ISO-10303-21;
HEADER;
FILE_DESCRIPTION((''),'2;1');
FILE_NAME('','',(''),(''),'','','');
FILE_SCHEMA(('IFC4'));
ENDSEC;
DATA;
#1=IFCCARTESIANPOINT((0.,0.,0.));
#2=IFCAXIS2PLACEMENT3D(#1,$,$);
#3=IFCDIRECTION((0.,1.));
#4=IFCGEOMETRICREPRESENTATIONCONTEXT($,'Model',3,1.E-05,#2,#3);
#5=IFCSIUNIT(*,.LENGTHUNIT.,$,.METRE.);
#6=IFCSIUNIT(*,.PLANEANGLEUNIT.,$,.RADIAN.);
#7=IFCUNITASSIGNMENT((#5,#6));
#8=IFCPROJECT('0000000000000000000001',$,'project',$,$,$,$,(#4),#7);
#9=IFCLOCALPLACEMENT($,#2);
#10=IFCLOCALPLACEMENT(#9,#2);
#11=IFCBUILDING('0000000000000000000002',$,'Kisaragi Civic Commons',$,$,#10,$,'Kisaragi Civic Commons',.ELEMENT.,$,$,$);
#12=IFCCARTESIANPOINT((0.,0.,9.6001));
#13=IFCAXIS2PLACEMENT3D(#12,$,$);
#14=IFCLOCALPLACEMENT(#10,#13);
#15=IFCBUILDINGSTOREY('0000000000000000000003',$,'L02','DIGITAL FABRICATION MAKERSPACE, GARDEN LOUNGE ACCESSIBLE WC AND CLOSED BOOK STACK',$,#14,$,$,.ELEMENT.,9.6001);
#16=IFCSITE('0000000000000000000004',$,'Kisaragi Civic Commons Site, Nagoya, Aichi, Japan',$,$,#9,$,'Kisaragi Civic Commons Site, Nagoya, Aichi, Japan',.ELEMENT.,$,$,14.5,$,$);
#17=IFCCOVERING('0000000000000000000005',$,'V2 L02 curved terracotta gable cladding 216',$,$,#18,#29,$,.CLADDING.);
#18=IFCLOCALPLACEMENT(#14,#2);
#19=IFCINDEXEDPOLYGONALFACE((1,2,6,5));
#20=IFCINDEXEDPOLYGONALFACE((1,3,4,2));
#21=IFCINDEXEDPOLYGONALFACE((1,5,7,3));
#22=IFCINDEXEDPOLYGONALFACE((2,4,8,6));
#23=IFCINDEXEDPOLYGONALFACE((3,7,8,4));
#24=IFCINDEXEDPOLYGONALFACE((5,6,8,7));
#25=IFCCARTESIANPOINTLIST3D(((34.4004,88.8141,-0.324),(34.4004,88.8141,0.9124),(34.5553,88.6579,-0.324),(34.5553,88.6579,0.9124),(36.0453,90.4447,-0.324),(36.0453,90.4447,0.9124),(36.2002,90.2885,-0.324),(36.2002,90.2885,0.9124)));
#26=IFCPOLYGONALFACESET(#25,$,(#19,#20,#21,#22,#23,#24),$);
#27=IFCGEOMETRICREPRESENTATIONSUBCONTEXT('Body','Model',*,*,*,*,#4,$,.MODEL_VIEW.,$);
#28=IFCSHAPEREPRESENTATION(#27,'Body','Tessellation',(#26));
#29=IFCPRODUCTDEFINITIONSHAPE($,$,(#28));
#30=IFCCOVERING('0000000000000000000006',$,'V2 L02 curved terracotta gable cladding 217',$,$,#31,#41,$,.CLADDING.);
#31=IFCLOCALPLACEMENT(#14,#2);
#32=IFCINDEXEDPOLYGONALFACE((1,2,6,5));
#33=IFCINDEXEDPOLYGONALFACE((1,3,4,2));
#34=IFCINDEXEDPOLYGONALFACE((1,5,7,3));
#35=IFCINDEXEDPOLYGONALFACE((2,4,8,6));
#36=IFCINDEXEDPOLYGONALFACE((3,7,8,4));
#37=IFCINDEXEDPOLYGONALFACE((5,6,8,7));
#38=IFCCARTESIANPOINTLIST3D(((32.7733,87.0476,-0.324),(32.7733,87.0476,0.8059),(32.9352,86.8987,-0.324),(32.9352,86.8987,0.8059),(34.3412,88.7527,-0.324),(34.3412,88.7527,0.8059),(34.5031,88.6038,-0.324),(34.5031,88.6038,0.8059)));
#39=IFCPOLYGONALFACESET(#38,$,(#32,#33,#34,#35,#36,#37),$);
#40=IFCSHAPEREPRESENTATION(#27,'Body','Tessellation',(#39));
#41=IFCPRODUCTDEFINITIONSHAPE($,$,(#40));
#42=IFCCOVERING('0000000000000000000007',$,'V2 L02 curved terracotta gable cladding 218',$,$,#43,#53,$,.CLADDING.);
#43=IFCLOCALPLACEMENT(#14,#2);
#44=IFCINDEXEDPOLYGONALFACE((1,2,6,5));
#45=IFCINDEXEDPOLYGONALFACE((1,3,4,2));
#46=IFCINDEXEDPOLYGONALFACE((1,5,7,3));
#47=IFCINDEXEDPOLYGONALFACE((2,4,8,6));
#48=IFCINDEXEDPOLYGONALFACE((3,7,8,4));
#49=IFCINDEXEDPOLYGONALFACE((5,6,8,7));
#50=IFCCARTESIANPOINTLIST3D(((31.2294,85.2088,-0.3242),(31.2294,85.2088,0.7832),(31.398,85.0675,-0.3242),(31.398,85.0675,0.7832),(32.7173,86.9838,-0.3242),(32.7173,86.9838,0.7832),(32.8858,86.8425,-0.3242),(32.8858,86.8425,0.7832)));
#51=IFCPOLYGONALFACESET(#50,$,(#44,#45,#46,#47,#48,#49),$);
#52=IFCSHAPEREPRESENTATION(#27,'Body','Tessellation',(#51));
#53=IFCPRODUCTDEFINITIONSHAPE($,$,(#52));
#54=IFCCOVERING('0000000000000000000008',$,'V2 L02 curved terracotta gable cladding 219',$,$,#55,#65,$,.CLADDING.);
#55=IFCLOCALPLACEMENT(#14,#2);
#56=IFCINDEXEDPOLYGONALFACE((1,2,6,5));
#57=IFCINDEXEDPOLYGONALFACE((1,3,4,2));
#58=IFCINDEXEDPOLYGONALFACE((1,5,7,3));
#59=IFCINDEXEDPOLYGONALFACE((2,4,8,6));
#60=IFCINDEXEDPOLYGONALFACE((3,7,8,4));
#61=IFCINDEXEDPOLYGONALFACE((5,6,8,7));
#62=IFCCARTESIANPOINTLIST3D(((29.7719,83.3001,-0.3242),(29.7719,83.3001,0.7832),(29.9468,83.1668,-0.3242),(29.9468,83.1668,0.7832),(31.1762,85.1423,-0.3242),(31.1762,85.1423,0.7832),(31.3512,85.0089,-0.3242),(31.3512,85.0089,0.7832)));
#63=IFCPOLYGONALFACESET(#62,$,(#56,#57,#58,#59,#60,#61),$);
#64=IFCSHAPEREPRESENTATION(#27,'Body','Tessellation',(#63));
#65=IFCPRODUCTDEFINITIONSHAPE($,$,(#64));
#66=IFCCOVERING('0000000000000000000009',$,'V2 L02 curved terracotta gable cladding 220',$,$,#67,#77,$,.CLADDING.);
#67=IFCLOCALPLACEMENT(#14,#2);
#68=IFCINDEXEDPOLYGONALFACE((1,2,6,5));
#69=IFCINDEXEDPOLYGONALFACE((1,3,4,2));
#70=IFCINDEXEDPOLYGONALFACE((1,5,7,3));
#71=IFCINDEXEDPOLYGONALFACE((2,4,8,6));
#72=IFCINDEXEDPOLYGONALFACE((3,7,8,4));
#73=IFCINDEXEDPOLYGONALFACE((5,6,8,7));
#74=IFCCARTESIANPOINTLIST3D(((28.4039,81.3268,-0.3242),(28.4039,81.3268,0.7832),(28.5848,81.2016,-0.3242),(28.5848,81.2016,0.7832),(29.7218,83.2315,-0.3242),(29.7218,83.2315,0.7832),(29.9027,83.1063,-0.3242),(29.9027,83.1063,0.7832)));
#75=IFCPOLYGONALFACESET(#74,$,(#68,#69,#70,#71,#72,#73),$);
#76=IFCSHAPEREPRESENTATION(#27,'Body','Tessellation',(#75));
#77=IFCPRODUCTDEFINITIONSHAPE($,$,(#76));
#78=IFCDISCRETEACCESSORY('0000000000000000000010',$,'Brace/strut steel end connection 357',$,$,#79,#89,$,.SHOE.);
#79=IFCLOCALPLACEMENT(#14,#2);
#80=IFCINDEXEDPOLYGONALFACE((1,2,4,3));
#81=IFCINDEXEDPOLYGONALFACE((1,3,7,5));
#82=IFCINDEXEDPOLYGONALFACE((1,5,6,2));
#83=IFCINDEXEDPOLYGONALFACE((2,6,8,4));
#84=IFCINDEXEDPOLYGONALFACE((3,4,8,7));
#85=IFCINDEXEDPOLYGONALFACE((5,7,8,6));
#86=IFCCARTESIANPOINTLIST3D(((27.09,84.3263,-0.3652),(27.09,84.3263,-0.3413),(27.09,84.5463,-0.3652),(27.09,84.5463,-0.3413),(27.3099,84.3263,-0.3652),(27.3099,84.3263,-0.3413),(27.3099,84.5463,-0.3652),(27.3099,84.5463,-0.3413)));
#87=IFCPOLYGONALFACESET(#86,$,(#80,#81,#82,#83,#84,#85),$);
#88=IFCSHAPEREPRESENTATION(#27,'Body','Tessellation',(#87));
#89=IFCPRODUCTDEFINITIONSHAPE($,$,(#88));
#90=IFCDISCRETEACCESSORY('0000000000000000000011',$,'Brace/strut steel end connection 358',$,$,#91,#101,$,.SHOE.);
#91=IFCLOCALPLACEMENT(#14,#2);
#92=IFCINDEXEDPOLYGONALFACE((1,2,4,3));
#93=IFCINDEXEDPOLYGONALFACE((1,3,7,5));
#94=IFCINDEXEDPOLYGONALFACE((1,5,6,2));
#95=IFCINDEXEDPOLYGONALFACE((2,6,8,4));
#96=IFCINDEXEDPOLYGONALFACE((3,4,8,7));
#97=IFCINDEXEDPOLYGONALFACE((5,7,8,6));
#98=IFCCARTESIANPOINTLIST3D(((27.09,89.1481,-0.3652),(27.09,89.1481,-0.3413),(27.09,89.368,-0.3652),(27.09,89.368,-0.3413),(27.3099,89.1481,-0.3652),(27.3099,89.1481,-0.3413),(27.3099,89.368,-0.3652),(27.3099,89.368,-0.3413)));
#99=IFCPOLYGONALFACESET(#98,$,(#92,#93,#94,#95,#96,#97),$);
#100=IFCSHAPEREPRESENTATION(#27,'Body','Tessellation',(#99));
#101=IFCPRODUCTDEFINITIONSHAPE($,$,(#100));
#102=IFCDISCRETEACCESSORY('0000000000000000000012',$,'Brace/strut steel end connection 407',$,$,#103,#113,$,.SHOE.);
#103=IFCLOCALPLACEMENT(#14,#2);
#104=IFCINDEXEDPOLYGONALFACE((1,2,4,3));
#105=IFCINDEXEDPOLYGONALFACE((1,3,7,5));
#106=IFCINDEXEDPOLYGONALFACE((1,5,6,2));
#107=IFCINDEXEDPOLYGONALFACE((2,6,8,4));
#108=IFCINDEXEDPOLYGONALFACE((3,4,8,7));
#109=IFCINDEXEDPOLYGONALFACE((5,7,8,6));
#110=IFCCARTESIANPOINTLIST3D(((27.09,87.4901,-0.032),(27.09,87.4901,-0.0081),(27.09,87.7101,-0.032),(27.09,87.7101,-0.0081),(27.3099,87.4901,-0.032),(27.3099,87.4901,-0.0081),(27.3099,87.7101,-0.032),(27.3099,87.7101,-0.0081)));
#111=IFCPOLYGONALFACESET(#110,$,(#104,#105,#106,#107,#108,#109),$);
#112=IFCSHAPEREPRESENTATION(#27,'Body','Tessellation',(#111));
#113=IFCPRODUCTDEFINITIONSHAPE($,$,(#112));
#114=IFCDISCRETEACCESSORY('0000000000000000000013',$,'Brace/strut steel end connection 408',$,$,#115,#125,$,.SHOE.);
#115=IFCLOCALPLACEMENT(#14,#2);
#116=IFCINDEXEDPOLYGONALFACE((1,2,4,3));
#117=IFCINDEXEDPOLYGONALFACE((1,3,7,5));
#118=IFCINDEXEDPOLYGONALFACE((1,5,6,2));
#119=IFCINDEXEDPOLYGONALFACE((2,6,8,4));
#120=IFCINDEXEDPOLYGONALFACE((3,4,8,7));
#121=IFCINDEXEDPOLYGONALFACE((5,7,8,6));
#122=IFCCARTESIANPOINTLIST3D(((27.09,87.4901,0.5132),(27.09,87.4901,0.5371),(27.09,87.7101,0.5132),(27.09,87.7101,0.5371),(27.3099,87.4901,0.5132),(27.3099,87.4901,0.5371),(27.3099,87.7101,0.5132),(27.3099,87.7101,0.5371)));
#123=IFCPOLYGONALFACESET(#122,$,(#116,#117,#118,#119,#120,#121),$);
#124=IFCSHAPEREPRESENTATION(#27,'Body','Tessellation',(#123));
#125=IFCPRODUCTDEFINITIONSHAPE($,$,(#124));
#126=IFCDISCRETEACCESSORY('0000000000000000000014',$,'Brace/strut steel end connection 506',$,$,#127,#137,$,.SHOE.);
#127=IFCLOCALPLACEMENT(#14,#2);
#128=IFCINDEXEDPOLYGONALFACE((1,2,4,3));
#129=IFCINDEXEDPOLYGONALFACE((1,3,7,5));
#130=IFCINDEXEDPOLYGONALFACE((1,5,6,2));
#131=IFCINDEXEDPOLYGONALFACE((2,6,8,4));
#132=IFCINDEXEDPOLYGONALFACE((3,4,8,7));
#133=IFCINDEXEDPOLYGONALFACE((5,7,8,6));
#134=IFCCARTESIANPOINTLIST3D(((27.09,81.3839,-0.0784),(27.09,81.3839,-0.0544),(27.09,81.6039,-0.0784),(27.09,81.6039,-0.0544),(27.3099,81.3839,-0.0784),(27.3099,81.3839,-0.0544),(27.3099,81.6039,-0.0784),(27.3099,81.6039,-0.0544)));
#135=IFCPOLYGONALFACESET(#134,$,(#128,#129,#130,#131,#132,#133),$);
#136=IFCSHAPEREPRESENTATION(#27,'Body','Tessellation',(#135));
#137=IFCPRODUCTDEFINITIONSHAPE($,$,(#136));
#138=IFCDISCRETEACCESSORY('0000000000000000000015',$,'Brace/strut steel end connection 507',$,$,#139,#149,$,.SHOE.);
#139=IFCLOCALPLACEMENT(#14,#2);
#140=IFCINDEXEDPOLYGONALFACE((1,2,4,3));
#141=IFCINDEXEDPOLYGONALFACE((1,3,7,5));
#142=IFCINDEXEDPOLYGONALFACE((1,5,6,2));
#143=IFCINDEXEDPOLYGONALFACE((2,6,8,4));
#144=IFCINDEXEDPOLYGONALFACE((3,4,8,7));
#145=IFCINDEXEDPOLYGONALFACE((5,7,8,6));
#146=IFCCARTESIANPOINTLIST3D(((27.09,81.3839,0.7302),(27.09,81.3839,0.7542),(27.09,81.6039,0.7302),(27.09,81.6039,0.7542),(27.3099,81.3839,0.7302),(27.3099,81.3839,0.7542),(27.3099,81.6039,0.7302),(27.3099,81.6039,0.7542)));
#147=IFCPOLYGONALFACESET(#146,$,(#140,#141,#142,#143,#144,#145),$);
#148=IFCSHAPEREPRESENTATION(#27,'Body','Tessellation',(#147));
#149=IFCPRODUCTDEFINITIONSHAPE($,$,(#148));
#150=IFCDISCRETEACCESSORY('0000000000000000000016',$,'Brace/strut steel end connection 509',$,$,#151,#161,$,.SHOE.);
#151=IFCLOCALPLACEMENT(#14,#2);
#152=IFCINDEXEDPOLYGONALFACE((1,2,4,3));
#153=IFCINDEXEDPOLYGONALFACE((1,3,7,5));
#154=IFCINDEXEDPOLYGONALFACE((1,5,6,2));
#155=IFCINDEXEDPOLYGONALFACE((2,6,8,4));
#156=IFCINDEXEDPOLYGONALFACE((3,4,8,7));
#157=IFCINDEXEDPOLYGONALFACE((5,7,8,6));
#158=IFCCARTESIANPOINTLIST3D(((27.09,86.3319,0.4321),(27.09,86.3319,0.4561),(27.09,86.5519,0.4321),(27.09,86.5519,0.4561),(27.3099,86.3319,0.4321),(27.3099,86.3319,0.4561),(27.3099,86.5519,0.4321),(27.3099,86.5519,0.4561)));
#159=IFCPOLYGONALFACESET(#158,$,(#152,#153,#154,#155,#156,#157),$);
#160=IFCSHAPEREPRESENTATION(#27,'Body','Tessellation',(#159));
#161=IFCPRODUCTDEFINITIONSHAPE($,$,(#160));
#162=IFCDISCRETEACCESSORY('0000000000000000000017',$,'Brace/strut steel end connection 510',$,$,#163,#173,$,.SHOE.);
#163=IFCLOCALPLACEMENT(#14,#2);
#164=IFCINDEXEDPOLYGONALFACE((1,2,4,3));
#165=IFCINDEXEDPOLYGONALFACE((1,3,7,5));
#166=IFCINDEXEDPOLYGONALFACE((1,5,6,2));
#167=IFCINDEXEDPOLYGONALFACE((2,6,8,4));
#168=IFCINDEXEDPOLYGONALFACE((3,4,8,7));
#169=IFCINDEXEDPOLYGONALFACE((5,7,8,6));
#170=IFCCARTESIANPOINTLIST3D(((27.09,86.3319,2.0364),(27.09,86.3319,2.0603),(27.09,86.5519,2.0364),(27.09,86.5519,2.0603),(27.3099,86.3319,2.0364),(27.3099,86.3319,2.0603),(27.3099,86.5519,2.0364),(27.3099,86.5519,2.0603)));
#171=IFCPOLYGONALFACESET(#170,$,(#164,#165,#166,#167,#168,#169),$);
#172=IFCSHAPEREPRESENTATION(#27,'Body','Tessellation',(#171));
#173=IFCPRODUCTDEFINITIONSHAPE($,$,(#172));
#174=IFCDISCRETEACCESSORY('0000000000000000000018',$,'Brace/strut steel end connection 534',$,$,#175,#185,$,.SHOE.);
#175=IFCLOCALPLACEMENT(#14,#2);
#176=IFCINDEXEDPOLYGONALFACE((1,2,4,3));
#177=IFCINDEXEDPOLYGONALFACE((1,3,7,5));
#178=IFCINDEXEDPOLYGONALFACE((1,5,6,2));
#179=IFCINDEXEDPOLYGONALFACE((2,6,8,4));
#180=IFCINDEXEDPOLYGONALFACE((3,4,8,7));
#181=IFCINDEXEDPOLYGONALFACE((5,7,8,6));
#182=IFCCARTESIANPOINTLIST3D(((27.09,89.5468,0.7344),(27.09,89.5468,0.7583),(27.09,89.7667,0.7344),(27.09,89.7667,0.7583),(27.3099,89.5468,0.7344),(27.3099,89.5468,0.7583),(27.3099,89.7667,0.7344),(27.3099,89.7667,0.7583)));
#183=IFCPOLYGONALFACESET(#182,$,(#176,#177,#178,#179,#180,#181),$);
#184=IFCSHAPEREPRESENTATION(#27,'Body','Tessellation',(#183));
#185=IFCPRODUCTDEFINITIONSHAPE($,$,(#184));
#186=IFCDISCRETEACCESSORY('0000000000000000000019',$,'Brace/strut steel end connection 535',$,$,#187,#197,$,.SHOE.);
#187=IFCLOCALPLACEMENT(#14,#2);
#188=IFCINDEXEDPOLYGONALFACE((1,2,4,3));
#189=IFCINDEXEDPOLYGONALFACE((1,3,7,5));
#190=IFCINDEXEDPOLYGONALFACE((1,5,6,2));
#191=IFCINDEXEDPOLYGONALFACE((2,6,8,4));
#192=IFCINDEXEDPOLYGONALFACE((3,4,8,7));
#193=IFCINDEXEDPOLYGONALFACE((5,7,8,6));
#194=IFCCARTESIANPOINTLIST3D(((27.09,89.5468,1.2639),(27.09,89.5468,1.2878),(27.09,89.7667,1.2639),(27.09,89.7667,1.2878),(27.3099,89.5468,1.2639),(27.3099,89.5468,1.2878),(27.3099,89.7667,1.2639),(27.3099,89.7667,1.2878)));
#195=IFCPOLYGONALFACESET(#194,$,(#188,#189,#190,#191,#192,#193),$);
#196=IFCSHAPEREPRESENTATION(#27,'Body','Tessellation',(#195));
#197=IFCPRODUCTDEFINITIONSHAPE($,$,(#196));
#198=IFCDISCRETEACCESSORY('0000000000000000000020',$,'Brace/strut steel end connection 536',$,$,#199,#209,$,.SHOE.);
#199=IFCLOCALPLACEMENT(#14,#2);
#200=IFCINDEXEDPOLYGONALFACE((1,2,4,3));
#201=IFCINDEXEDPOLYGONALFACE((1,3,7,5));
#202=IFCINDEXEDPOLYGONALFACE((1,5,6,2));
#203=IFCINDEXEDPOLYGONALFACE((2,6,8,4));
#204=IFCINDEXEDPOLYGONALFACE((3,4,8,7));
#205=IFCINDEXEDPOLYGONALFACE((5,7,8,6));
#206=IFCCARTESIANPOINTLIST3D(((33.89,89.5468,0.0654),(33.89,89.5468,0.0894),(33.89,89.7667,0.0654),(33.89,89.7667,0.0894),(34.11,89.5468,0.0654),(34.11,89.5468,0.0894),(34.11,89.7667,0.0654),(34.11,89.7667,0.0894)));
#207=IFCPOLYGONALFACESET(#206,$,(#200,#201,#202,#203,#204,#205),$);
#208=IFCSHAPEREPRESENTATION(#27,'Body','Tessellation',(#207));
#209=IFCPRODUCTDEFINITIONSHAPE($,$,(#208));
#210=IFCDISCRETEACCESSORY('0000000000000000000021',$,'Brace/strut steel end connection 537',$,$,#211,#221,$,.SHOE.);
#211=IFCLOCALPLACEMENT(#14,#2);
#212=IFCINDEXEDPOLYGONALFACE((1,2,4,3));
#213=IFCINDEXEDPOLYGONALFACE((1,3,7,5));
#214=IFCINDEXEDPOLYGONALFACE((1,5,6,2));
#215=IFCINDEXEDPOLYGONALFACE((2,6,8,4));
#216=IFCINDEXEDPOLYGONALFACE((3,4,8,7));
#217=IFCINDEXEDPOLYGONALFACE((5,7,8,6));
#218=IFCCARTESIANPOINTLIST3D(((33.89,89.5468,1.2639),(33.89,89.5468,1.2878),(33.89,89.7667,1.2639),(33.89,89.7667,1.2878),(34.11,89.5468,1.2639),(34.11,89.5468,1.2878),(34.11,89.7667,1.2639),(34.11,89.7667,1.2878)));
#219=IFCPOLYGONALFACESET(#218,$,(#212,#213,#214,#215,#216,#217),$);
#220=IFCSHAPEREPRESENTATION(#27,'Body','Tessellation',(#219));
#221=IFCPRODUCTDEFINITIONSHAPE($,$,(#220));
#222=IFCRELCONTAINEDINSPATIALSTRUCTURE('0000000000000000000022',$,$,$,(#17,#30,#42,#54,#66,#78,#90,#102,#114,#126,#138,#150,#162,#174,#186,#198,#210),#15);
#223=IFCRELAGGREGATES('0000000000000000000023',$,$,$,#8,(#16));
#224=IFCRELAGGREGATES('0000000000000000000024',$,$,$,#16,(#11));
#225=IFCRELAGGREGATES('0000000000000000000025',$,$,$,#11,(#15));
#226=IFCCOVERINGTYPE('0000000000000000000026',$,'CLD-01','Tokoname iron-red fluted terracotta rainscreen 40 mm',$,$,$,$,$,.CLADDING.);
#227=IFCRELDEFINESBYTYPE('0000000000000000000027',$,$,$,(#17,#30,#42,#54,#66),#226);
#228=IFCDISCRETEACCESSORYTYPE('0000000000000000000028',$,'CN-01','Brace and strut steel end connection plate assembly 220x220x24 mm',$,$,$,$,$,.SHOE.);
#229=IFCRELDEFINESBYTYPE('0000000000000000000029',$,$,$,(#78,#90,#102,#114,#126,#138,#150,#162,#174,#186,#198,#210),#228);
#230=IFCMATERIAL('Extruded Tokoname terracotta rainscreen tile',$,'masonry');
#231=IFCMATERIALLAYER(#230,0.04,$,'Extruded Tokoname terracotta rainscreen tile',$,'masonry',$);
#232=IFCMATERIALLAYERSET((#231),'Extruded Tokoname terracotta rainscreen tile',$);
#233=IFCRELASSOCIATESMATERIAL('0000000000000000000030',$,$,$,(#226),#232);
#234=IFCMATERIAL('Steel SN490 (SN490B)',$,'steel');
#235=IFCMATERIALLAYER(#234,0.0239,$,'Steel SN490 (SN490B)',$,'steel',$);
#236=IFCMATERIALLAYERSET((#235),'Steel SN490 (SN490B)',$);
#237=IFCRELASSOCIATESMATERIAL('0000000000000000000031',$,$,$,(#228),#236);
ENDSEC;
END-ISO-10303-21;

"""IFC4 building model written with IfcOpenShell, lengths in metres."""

from ifc_helpers import new_model, si_unit, direction, frame, origin, origin_2d, place, context, subcontext, project, spatial, rectangle, extrude, material, layer, layer_set, type_object, element, save


model = new_model("IFC4")

# Units and contexts
model_context = context("Model", 3, precision=1e-05, world=origin(), true_north=direction((0.0, 1.0)))
body_context = subcontext(model_context, "Body", "Model", "MODEL_VIEW")
ifc_project = project(units=[si_unit("LENGTHUNIT", "METRE"), si_unit("PLANEANGLEUNIT", "RADIAN")], contexts=[model_context])

# Site, building, storey
site_placement = place(None, origin())
site = spatial("IfcSite", under=ifc_project, at=site_placement, Name="Kisaragi Civic Commons Site, Nagoya, Aichi, Japan", LongName="Kisaragi Civic Commons Site, Nagoya, Aichi, Japan", CompositionType="ELEMENT", RefElevation=14.5)
building_placement = place(site_placement, origin())
building = spatial("IfcBuilding", under=site, at=building_placement, Name="Kisaragi Civic Commons", LongName="Kisaragi Civic Commons", CompositionType="ELEMENT")
storey_placement = place(building_placement, frame((0.0, 0.0, 9.6001)))
storey = spatial("IfcBuildingStorey", under=building, at=storey_placement, Name="L02", Description="DIGITAL FABRICATION MAKERSPACE, GARDEN LOUNGE ACCESSIBLE WC AND CLOSED BOOK STACK", CompositionType="ELEMENT", Elevation=9.6001)

# Shared definitions
ifc_material_1 = material(Name="Steel SN490 (SN490B)", Category="steel")

# Coverings
ifc_material_2 = material(Name="Extruded Tokoname terracotta rainscreen tile", Category="masonry")
ifc_layer_1 = layer(ifc_material_2, 0.04, Name="Extruded Tokoname terracotta rainscreen tile", Category="masonry")
ifc_layer_set_1 = layer_set([ifc_layer_1], Name="Extruded Tokoname terracotta rainscreen tile")
covering_type = type_object("IfcCoveringType", Name="CLD-01", Description="Tokoname iron-red fluted terracotta rainscreen 40 mm", PredefinedType="CLADDING", material=ifc_layer_set_1)
covering_1_placement = place(storey_placement, frame((35.3003, 89.5513, -0.324), z_axis=(0.0, 0.0, 1.0), x_axis=(-0.710185, -0.704015, 0.0)))
element("IfcCovering", 1, at=covering_1_placement, inside=storey, type_object=covering_type, Name="V2 L02 curved terracotta gable cladding 216", PredefinedType="CLADDING", context=body_context, shape_type="SweptSolid", body=[
    extrude(rectangle(XDim=2.3162, YDim=0.22, at=origin_2d()), origin(), (0.0, 0.0, 1.0), 1.2363),
])
covering_2_placement = place(storey_placement, frame((33.6382, 87.8257, -0.324), z_axis=(0.0, 0.0, 1.0), x_axis=(-0.676876, -0.736097, 0.0)))
element("IfcCovering", 2, at=covering_2_placement, inside=storey, type_object=covering_type, Name="V2 L02 curved terracotta gable cladding 217", PredefinedType="CLADDING", context=body_context, shape_type="SweptSolid", body=[
    extrude(rectangle(XDim=2.3164, YDim=0.22, at=origin_2d()), origin(), (0.0, 0.0, 1.0), 1.1299),
])
covering_3_placement = place(storey_placement, frame((32.0576, 86.0256, -0.3242), z_axis=(0.0, 0.0, 1.0), x_axis=(-0.642386, -0.766381, 0.0)))
element("IfcCovering", 3, at=covering_3_placement, inside=storey, type_object=covering_type, Name="V2 L02 curved terracotta gable cladding 218", PredefinedType="CLADDING", context=body_context, shape_type="SweptSolid", body=[
    extrude(rectangle(XDim=2.3162, YDim=0.22, at=origin_2d()), origin(), (0.0, 0.0, 1.0), 1.1074),
])
covering_4_placement = place(storey_placement, frame((30.5615, 84.1545, -0.3242), z_axis=(0.0, 0.0, 1.0), x_axis=(-0.606266, -0.795262, 0.0)))
element("IfcCovering", 4, at=covering_4_placement, inside=storey, type_object=covering_type, Name="V2 L02 curved terracotta gable cladding 219", PredefinedType="CLADDING", context=body_context, shape_type="SweptSolid", body=[
    extrude(rectangle(XDim=2.3164, YDim=0.22, at=origin_2d()), origin(), (0.0, 0.0, 1.0), 1.1074),
])
covering_5_placement = place(storey_placement, frame((29.1533, 82.2166, -0.3242), z_axis=(0.0, 0.0, 1.0), x_axis=(-0.568993, -0.822343, 0.0)))
element("IfcCovering", 5, at=covering_5_placement, inside=storey, type_object=covering_type, Name="V2 L02 curved terracotta gable cladding 220", PredefinedType="CLADDING", context=body_context, shape_type="SweptSolid", body=[
    extrude(rectangle(XDim=2.3162, YDim=0.22, at=origin_2d()), origin(), (0.0, 0.0, 1.0), 1.1074),
])

# Discrete accessories
ifc_layer_2 = layer(ifc_material_1, 0.0239, Name="Steel SN490 (SN490B)", Category="steel")
ifc_layer_set_2 = layer_set([ifc_layer_2], Name="Steel SN490 (SN490B)")
discrete_accessory_type = type_object("IfcDiscreteAccessoryType", Name="CN-01", Description="Brace and strut steel end connection plate assembly 220x220x24 mm", PredefinedType="SHOE", material=ifc_layer_set_2)
for number, where, z_axis, x_axis, name in (
    (6, (27.2, 84.4363, -0.3652), (0.0, 0.0, 1.0), (1.0, 0.0, 0.0), "Brace/strut steel end connection 357"),
    (7, (27.2, 89.2581, -0.3652), (0.0, 0.0, 1.0), (1.0, 0.0, 0.0), "Brace/strut steel end connection 358"),
    (8, (27.2, 87.6001, -0.032), (0.0, 0.0, 1.0), (1.0, 0.0, 0.0), "Brace/strut steel end connection 407"),
    (9, (27.2, 87.6001, 0.5132), (0.0, 0.0, 1.0), (1.0, 0.0, 0.0), "Brace/strut steel end connection 408"),
    (10, (27.2, 81.4939, -0.0784), (0.0, 0.0, 1.0), (1.0, 0.0, 0.0), "Brace/strut steel end connection 506"),
    (11, (27.2, 81.4939, 0.7302), (0.0, 0.0, 1.0), (1.0, 0.0, 0.0), "Brace/strut steel end connection 507"),
    (12, (27.2, 86.4419, 0.4321), (0.0, 0.0, 1.0), (1.0, 0.0, 0.0), "Brace/strut steel end connection 509"),
    (13, (27.2, 86.4419, 2.0364), (0.0, 0.0, 1.0), (1.0, 0.0, 0.0), "Brace/strut steel end connection 510"),
    (14, (27.2, 89.6567, 0.7344), (0.0, 0.0, 1.0), (1.0, 0.0, 0.0), "Brace/strut steel end connection 534"),
    (15, (27.2, 89.6567, 1.2639), (0.0, 0.0, 1.0), (1.0, 0.0, 0.0), "Brace/strut steel end connection 535"),
    (16, (34.0, 89.6567, 0.0654), (0.0, 0.0, 1.0), (1.0, 0.0, 0.0), "Brace/strut steel end connection 536"),
    (17, (34.0, 89.6567, 1.2639), (0.0, 0.0, 1.0), (1.0, 0.0, 0.0), "Brace/strut steel end connection 537"),
):
    element("IfcDiscreteAccessory", number, at=place(storey_placement, frame(where, z_axis=z_axis, x_axis=x_axis)), inside=storey, type_object=discrete_accessory_type, Name=name, PredefinedType="SHOE", context=body_context, shape_type="SweptSolid", body=[
        extrude(rectangle(XDim=0.22, YDim=0.22, at=origin_2d()), origin(), (0.0, 0.0, 1.0), 0.0239),
    ])

save(model, "model.ifc")
